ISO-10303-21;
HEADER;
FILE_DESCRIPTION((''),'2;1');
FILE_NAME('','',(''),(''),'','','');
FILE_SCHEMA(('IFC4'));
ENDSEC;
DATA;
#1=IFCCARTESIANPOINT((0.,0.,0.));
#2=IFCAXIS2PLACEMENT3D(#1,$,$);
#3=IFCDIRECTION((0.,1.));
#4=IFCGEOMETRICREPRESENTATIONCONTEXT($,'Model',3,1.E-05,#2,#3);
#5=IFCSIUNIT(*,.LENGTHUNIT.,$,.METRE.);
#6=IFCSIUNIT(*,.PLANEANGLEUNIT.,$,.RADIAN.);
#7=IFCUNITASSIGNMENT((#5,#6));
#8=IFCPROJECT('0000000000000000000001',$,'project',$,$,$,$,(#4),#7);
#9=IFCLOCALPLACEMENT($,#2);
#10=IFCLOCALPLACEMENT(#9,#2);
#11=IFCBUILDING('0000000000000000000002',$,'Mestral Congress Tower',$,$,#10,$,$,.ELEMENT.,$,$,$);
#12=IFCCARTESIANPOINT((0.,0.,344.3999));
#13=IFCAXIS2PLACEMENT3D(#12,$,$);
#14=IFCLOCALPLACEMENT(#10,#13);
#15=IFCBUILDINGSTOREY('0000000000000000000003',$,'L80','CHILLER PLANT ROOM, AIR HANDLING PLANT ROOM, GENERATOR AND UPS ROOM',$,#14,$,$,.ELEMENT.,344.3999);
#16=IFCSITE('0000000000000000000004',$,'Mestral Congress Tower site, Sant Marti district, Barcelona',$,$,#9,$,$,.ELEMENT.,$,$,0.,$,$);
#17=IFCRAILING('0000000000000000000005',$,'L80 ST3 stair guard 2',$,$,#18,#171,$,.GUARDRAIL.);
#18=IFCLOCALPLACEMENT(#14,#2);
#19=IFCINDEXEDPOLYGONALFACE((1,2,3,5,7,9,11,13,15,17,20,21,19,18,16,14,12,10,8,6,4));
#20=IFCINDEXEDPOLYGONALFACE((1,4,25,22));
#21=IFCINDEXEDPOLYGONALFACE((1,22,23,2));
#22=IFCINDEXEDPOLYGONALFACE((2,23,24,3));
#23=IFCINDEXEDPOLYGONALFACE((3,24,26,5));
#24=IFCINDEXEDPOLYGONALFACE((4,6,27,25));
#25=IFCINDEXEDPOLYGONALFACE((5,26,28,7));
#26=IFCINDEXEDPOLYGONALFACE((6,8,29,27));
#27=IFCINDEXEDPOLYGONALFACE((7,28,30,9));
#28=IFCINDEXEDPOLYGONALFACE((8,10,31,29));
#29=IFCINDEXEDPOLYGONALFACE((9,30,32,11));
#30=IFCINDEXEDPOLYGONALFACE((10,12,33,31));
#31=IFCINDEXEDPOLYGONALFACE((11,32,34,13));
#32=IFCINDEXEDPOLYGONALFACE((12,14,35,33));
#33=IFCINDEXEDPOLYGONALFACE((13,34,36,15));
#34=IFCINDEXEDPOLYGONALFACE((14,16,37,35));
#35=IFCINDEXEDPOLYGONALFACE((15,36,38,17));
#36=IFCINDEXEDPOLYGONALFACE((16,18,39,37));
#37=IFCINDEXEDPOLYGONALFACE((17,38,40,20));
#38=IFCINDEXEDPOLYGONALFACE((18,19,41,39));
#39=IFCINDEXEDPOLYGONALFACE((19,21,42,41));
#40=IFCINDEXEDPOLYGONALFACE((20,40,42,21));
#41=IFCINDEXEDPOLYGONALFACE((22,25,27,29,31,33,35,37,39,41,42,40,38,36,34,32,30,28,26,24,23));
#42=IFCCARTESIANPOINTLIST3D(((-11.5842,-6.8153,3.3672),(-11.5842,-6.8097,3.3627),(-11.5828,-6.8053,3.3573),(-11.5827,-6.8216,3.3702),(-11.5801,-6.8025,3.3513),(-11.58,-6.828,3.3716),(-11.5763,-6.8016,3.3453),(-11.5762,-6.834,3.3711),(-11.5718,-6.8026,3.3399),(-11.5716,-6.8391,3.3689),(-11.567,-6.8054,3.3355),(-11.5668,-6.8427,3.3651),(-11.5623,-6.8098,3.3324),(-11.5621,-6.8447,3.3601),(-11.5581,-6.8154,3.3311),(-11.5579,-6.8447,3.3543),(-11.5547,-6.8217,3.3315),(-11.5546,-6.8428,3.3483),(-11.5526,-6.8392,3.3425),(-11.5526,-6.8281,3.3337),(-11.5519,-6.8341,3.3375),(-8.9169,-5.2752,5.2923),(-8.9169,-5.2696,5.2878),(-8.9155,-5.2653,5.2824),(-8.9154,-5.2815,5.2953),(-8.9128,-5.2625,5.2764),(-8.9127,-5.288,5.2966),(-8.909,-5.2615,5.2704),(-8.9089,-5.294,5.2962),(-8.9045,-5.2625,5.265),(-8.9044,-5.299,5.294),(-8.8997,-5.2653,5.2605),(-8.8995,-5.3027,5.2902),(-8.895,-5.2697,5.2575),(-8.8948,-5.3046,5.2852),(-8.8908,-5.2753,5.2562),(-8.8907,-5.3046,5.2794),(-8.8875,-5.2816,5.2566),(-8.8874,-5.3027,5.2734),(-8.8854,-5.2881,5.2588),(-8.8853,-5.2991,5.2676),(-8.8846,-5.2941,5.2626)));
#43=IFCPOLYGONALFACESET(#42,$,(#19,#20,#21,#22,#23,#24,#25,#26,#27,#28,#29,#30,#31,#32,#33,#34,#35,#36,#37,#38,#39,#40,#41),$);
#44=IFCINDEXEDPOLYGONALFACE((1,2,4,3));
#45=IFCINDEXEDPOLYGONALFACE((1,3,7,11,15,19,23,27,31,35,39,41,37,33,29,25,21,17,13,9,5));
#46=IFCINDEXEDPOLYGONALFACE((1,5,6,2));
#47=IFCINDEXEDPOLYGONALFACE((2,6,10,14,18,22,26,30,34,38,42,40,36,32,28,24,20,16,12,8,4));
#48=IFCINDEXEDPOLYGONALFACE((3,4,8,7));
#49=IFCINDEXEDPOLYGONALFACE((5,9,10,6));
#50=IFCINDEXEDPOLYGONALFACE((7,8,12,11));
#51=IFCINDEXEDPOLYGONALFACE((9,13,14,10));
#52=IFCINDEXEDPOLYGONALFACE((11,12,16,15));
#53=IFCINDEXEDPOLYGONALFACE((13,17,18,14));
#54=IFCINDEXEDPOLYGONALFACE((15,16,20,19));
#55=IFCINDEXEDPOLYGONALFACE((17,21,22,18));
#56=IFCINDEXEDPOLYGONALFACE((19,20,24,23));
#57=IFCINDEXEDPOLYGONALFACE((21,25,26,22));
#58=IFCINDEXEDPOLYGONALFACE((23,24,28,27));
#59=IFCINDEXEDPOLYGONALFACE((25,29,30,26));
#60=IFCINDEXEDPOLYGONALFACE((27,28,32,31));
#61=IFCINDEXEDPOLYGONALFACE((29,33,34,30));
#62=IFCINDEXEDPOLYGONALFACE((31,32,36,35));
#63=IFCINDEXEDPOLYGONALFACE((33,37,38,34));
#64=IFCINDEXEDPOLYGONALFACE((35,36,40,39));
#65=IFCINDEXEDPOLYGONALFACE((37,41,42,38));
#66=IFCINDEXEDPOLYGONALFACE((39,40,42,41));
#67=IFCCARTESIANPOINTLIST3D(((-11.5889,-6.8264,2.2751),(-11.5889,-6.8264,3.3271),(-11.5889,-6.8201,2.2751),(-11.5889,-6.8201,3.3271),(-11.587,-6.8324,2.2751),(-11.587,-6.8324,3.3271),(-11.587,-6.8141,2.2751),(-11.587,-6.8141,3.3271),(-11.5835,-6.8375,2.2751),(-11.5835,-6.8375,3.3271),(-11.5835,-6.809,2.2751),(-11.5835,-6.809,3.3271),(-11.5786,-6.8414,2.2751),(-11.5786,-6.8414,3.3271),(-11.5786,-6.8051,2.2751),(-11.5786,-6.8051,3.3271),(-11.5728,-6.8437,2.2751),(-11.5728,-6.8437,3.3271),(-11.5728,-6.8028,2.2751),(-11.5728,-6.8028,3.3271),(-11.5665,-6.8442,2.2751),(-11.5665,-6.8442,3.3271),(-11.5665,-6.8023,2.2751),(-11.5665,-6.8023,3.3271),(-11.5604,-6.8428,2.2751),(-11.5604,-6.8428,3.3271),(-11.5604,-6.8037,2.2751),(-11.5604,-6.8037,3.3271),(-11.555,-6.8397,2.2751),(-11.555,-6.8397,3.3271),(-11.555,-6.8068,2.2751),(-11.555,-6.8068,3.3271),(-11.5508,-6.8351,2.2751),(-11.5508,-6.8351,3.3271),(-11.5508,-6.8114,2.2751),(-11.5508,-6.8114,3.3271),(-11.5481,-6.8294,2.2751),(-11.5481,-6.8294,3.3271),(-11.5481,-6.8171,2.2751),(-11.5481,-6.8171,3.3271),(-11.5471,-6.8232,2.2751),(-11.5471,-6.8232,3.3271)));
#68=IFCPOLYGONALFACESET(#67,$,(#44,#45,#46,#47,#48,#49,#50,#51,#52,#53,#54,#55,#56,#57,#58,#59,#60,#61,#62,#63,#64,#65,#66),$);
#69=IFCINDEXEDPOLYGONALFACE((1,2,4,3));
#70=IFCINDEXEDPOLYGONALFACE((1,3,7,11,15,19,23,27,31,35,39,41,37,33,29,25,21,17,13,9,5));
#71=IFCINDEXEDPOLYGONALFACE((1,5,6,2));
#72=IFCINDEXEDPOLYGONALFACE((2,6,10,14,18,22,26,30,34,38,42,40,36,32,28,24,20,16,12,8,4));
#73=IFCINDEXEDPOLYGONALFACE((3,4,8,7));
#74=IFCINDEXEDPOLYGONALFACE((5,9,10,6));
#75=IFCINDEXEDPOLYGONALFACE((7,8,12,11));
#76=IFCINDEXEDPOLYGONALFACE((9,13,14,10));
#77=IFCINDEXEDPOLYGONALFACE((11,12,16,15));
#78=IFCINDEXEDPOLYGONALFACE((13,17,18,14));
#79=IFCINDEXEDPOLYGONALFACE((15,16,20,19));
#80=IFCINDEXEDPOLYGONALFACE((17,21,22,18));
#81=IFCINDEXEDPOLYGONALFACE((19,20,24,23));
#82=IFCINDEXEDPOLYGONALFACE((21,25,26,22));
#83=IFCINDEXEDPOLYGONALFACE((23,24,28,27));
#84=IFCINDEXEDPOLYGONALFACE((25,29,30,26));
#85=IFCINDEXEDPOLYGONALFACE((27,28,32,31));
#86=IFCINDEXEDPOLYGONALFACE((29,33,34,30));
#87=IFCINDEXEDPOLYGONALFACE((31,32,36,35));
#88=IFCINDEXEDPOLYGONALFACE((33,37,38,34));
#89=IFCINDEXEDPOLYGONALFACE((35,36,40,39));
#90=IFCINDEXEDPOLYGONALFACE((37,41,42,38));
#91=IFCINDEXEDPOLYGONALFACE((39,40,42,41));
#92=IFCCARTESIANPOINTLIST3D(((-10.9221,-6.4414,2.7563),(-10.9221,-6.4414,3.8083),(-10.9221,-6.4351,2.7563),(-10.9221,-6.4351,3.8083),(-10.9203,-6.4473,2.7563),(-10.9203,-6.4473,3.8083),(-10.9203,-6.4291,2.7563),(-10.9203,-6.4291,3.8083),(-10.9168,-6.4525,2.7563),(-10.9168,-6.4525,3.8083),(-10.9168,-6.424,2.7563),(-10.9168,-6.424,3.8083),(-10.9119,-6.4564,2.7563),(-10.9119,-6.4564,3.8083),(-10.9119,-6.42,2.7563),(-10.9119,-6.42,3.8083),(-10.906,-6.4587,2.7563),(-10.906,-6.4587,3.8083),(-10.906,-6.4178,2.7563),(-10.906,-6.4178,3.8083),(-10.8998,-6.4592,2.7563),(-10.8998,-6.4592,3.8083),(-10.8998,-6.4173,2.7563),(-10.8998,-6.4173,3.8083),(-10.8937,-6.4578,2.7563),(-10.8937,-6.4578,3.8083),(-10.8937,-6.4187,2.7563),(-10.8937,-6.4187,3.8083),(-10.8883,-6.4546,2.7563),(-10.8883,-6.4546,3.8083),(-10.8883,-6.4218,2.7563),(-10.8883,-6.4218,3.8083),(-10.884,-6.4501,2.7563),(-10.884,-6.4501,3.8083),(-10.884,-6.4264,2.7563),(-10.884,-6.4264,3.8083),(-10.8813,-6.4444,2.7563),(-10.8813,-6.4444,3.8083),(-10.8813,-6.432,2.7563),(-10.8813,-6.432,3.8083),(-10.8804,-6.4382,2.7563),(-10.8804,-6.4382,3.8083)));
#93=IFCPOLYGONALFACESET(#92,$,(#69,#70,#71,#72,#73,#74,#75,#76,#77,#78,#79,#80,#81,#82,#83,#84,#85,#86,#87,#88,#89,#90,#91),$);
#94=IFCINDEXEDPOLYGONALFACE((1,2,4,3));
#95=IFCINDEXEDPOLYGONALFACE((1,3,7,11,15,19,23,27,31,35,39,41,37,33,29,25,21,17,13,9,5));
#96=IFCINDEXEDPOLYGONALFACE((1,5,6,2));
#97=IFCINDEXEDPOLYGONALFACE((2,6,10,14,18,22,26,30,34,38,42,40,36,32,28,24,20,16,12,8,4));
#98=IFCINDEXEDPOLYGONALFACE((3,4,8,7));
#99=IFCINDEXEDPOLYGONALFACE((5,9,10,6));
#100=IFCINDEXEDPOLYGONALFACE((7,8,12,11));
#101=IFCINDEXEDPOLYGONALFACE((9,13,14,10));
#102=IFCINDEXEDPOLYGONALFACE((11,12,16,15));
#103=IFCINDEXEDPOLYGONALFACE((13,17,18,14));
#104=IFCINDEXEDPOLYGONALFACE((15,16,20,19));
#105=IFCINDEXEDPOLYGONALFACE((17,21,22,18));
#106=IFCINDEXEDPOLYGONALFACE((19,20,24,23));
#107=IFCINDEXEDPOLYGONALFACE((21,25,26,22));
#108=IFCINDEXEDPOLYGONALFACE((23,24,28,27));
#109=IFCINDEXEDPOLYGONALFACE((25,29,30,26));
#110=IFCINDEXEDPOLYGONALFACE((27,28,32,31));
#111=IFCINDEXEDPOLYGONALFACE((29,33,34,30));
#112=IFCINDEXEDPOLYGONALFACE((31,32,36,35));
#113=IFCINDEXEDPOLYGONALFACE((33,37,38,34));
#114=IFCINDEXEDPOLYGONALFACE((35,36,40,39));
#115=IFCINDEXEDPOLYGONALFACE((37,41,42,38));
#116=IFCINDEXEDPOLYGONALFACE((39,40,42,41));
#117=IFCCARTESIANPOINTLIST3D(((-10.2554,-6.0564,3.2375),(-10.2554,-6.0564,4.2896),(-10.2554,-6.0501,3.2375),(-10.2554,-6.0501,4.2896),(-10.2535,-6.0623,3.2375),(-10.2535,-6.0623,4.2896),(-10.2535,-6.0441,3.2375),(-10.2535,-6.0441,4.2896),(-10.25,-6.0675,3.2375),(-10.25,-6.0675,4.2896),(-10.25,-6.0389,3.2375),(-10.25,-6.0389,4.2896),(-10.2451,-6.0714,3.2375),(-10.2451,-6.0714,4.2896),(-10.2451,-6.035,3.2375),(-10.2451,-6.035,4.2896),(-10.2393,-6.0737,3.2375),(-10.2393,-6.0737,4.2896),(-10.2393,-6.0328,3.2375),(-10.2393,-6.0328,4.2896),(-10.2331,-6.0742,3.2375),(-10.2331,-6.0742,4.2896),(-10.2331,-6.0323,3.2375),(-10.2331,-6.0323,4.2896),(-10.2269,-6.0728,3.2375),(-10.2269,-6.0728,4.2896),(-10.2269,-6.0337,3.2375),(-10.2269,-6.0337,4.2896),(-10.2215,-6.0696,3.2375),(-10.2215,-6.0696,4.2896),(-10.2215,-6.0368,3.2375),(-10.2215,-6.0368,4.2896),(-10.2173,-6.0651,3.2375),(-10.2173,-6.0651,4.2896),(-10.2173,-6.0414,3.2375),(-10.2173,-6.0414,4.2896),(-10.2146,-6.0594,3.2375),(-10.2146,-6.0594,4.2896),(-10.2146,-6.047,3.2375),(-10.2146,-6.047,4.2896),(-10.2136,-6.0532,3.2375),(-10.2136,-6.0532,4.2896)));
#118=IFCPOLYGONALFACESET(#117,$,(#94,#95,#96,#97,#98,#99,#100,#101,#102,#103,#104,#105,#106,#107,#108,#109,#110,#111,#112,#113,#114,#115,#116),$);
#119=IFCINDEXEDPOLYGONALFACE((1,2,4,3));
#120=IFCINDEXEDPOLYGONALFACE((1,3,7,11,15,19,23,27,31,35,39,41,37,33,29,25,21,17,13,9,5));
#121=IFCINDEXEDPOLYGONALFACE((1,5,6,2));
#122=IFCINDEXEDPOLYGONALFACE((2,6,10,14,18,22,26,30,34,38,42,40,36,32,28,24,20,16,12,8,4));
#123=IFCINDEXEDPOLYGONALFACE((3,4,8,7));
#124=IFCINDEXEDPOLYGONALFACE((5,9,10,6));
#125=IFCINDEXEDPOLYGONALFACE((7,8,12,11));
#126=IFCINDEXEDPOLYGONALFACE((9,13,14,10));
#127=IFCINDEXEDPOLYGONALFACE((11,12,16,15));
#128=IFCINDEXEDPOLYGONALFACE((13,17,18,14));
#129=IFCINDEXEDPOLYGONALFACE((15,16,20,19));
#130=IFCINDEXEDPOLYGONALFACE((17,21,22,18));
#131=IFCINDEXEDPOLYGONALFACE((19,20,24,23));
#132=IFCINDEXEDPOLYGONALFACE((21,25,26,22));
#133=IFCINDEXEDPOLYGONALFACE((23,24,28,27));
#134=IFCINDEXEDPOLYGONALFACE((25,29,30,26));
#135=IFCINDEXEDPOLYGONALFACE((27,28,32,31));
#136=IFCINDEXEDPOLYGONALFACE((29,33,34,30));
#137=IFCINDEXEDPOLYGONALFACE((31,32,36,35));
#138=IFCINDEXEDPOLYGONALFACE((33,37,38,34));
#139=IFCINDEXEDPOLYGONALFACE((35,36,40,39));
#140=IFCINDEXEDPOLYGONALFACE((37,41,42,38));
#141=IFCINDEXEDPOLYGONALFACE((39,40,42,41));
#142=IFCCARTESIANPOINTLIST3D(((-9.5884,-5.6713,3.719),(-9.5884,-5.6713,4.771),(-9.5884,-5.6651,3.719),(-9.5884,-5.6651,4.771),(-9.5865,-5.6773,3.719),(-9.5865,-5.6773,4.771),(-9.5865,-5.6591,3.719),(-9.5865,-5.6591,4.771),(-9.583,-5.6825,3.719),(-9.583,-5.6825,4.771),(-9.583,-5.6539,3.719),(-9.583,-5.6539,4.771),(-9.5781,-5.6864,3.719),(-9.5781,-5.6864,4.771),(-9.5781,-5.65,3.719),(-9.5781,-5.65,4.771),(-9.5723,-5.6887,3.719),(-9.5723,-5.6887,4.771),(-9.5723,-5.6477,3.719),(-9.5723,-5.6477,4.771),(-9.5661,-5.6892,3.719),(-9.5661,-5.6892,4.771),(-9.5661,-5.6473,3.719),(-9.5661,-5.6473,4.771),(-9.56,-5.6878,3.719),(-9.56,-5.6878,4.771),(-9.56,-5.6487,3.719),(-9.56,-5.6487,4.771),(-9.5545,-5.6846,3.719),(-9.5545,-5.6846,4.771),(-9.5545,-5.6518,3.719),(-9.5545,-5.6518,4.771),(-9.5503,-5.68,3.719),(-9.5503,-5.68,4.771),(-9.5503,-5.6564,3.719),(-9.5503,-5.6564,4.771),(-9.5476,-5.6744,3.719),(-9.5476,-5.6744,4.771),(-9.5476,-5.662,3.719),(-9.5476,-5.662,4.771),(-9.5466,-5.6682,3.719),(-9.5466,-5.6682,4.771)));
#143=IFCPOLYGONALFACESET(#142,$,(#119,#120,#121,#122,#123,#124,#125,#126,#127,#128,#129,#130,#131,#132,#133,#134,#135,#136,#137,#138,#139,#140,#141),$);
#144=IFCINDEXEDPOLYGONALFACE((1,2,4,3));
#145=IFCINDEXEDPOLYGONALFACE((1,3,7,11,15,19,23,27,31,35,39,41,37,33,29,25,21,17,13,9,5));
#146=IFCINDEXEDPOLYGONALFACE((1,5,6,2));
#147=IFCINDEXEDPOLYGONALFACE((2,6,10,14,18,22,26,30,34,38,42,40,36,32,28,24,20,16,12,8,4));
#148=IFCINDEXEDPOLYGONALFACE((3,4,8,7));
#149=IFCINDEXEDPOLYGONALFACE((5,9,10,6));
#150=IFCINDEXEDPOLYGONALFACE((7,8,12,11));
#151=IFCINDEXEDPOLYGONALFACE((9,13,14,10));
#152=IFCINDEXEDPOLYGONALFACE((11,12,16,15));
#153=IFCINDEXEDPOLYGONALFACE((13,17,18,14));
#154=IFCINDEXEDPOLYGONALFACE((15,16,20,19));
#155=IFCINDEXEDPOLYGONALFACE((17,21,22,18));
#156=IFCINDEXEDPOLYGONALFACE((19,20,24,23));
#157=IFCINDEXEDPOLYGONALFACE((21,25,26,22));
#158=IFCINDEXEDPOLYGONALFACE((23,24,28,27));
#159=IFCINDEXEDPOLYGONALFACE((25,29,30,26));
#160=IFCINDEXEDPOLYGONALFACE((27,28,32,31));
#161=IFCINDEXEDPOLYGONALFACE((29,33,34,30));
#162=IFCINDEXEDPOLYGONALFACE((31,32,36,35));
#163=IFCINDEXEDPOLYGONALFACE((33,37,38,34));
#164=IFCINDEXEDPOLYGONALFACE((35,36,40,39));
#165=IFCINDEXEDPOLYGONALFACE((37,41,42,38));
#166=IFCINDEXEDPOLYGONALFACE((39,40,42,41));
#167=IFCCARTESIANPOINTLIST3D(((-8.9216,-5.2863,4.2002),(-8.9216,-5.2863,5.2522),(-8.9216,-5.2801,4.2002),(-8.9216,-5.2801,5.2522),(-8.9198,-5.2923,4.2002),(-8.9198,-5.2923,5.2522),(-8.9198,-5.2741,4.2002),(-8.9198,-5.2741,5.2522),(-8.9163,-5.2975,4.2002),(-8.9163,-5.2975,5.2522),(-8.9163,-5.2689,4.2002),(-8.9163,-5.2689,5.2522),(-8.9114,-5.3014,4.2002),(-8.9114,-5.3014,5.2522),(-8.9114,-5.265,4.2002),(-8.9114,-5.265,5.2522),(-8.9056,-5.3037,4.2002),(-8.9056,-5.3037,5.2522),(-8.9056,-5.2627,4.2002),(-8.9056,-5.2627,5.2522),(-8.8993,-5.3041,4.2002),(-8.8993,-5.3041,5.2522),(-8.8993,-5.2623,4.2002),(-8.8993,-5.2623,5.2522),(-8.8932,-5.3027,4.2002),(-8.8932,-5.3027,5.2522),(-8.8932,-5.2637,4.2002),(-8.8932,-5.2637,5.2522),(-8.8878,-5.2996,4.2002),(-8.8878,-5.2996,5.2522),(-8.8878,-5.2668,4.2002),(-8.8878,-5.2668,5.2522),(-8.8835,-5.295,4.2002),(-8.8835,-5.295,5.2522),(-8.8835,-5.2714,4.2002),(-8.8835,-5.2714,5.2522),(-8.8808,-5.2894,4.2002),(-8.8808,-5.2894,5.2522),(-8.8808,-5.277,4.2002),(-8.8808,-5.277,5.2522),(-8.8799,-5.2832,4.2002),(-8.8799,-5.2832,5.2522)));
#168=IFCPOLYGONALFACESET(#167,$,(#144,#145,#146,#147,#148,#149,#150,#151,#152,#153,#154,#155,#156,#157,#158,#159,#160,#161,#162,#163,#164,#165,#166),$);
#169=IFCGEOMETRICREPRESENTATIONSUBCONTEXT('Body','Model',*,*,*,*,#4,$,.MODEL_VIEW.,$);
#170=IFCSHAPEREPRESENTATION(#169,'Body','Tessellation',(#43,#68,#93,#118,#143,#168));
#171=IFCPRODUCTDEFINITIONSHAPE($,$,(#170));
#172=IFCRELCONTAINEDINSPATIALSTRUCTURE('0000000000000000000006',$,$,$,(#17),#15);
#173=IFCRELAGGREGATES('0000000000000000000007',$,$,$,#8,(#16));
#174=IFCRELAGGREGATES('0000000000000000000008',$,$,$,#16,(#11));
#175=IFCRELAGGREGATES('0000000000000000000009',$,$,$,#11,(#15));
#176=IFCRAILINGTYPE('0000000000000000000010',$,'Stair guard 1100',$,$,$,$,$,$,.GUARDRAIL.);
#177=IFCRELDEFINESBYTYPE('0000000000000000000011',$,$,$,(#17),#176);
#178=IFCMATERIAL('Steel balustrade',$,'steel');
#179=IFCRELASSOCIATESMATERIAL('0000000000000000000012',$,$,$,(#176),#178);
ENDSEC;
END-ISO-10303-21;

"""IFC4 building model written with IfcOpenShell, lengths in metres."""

from ifc_helpers import new_model, si_unit, direction, frame, origin, origin_2d, place, context, subcontext, project, spatial, circle, extrude, material, type_object, element, save


model = new_model("IFC4")

# Units and contexts
model_context = context("Model", 3, precision=1e-05, world=origin(), true_north=direction((0.0, 1.0)))
body_context = subcontext(model_context, "Body", "Model", "MODEL_VIEW")
ifc_project = project(units=[si_unit("LENGTHUNIT", "METRE"), si_unit("PLANEANGLEUNIT", "RADIAN")], contexts=[model_context])

# Site, building, storey
site_placement = place(None, origin())
site = spatial("IfcSite", under=ifc_project, at=site_placement, Name="Mestral Congress Tower site, Sant Marti district, Barcelona", CompositionType="ELEMENT", RefElevation=0.0)
building_placement = place(site_placement, origin())
building = spatial("IfcBuilding", under=site, at=building_placement, Name="Mestral Congress Tower", CompositionType="ELEMENT")
storey_placement = place(building_placement, frame((0.0, 0.0, 344.3999)))
storey = spatial("IfcBuildingStorey", under=building, at=storey_placement, Name="L80", Description="CHILLER PLANT ROOM, AIR HANDLING PLANT ROOM, GENERATOR AND UPS ROOM", CompositionType="ELEMENT", Elevation=344.3999)

# Railing
ifc_material_1 = material(Name="Steel balustrade", Category="steel")
railing_type_1 = type_object("IfcRailingType", Name="Stair guard 1100", PredefinedType="GUARDRAIL", material=ifc_material_1)
railing_1_placement = place(storey_placement, frame((-11.5681, -6.8232, 2.2751)))
element("IfcRailing", 1, at=railing_1_placement, inside=storey, type_object=railing_type_1, Name="L80 ST3 stair guard 2", PredefinedType="GUARDRAIL", context=body_context, shape_type="SweptSolid", body=[
    extrude(circle(Radius=0.0239, at=origin_2d()), frame((0.0, 0.0, 1.0762), z_axis=(0.734364, 0.424015, 0.530019), x_axis=(-0.500027, 0.86601, 0.0)), (0.0, 0.0, 1.0), 3.6321),
    extrude(circle(Radius=0.021, at=origin_2d()), origin(), (0.0, 0.0, 1.0), 1.052),
    extrude(circle(Radius=0.021, at=origin_2d()), frame((0.6667, 0.385, 0.4812)), (0.0, 0.0, 1.0), 1.052),
    extrude(circle(Radius=0.021, at=origin_2d()), frame((1.3335, 0.77, 0.9624)), (0.0, 0.0, 1.0), 1.052),
    extrude(circle(Radius=0.021, at=origin_2d()), frame((2.0005, 1.155, 1.4438)), (0.0, 0.0, 1.0), 1.052),
    extrude(circle(Radius=0.021, at=origin_2d()), frame((2.6672, 1.54, 1.925)), (0.0, 0.0, 1.0), 1.052),
])

save(model, "model.ifc")
